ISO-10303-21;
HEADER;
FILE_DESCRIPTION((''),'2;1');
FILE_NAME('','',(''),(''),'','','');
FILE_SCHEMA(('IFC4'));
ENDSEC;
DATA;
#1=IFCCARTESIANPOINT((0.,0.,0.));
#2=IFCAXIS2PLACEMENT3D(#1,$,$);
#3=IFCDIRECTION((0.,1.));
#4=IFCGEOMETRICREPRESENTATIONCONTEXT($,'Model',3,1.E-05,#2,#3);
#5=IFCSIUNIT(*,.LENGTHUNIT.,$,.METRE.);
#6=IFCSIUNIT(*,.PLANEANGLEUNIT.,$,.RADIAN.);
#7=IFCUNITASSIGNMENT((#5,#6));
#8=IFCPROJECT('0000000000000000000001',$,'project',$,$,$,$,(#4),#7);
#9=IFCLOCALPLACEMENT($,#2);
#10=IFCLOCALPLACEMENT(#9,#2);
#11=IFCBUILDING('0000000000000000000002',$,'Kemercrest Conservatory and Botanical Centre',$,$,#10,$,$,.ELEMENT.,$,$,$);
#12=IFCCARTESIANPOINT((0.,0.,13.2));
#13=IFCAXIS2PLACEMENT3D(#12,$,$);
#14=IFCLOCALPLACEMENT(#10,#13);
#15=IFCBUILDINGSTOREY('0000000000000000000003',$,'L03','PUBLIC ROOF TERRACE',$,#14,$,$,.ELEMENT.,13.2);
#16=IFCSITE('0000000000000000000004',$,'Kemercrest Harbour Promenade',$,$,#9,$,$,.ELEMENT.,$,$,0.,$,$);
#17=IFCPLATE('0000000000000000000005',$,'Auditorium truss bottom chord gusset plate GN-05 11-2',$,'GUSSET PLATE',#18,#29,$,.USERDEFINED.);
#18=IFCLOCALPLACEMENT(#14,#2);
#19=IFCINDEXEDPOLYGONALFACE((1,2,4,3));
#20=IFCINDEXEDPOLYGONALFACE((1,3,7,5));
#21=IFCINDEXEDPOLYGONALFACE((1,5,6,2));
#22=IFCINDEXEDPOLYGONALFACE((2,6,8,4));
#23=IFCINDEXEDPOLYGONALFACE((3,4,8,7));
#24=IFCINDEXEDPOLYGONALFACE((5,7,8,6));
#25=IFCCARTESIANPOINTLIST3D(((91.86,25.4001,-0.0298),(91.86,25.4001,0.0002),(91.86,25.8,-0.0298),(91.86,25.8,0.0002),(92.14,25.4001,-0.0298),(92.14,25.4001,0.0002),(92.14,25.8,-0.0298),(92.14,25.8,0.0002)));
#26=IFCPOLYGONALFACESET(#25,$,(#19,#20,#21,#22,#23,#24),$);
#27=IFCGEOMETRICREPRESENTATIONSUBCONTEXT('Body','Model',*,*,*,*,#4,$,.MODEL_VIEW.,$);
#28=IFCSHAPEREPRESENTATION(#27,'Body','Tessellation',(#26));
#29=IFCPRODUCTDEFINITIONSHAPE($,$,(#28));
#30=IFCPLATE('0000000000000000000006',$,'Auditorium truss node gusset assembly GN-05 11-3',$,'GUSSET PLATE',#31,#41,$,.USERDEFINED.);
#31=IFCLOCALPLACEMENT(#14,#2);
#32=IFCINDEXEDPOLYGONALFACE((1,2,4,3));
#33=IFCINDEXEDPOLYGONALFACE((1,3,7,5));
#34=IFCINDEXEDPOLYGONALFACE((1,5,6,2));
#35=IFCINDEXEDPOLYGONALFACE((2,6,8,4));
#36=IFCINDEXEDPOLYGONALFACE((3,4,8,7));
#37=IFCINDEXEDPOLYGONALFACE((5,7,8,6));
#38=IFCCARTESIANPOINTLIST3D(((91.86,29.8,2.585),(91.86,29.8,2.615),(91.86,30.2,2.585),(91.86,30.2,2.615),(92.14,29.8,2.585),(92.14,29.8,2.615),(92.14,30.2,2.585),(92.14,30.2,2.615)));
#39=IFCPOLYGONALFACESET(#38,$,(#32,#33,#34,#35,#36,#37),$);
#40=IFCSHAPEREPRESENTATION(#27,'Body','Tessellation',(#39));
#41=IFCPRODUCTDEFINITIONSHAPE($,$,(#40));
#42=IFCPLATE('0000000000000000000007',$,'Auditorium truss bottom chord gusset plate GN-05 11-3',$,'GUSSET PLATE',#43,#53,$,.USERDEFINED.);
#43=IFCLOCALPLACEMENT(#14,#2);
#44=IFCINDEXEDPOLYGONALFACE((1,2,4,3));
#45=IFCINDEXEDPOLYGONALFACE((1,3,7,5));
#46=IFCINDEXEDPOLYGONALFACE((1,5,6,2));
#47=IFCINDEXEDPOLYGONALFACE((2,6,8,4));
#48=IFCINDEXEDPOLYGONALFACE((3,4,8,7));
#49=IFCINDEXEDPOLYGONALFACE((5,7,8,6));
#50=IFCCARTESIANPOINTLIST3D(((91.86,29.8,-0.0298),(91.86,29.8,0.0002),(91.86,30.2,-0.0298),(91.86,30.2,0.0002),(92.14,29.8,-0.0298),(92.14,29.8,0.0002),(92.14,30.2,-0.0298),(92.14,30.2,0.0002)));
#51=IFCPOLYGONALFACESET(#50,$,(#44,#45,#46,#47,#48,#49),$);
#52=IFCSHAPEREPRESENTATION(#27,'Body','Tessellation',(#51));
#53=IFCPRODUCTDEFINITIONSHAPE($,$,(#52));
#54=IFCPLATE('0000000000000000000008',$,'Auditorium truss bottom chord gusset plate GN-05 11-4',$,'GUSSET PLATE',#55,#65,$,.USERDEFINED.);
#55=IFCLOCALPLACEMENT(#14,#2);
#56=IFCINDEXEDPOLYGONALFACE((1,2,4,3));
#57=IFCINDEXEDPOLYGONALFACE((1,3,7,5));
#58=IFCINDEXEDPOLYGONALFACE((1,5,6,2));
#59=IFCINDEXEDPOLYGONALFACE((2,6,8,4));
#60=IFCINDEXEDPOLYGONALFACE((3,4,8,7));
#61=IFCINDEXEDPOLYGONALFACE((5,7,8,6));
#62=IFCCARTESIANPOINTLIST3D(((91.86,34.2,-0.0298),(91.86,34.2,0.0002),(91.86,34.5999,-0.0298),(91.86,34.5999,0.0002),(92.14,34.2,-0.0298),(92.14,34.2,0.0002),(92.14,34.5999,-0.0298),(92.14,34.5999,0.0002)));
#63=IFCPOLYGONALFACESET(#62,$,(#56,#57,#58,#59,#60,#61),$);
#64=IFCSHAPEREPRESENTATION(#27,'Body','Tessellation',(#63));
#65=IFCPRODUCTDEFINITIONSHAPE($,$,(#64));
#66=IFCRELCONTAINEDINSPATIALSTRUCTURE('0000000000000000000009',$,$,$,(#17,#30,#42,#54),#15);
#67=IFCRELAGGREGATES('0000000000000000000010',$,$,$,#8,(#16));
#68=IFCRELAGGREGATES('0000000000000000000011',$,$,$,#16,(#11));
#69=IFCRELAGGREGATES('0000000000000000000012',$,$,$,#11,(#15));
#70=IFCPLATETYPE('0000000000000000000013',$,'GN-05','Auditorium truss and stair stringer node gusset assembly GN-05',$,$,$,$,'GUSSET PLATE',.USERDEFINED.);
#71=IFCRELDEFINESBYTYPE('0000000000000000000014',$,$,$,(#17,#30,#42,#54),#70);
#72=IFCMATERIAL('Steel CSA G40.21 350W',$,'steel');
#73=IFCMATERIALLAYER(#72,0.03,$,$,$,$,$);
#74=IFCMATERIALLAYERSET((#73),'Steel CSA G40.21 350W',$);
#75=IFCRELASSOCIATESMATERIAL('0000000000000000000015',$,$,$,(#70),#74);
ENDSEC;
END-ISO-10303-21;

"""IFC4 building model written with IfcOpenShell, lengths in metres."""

from ifc_helpers import new_model, si_unit, direction, frame, origin, origin_2d, place, context, subcontext, project, spatial, rectangle, extrude, material, layer, layer_set, type_object, element, save


model = new_model("IFC4")

# Units and contexts
model_context = context("Model", 3, precision=1e-05, world=origin(), true_north=direction((0.0, 1.0)))
body_context = subcontext(model_context, "Body", "Model", "MODEL_VIEW")
ifc_project = project(units=[si_unit("LENGTHUNIT", "METRE"), si_unit("PLANEANGLEUNIT", "RADIAN")], contexts=[model_context])

# Site, building, storey
site_placement = place(None, origin())
site = spatial("IfcSite", under=ifc_project, at=site_placement, Name="Kemercrest Harbour Promenade", CompositionType="ELEMENT", RefElevation=0.0)
building_placement = place(site_placement, origin())
building = spatial("IfcBuilding", under=site, at=building_placement, Name="Kemercrest Conservatory and Botanical Centre", CompositionType="ELEMENT")
storey_placement = place(building_placement, frame((0.0, 0.0, 13.2)))
storey = spatial("IfcBuildingStorey", under=building, at=storey_placement, Name="L03", Description="PUBLIC ROOF TERRACE", CompositionType="ELEMENT", Elevation=13.2)

# Shared definitions
ifc_material = material(Name="Steel CSA G40.21 350W", Category="steel")

# Plates
ifc_layer = layer(ifc_material, 0.03)
ifc_layer_set = layer_set([ifc_layer], Name="Steel CSA G40.21 350W")
plate_type = type_object("IfcPlateType", Name="GN-05", Description="Auditorium truss and stair stringer node gusset assembly GN-05", ElementType="GUSSET PLATE", PredefinedType="USERDEFINED", material=ifc_layer_set)
for number, where, z_axis, x_axis, name in (
    (1, (92.0, 25.6001, -0.0298), (0.0, 0.0, 1.0), (0.0, 1.0, 0.0), "Auditorium truss bottom chord gusset plate GN-05 11-2"),
    (2, (92.0, 30.0, 2.585), (0.0, 0.0, 1.0), (0.0, 1.0, 0.0), "Auditorium truss node gusset assembly GN-05 11-3"),
    (3, (92.0, 30.0, -0.0298), (0.0, 0.0, 1.0), (0.0, 1.0, 0.0), "Auditorium truss bottom chord gusset plate GN-05 11-3"),
    (4, (92.0, 34.3999, -0.0298), (0.0, 0.0, 1.0), (0.0, 1.0, 0.0), "Auditorium truss bottom chord gusset plate GN-05 11-4"),
):
    element("IfcPlate", number, at=place(storey_placement, frame(where, z_axis=z_axis, x_axis=x_axis)), inside=storey, type_object=plate_type, Name=name, ObjectType="GUSSET PLATE", PredefinedType="USERDEFINED", context=body_context, shape_type="SweptSolid", body=[
        extrude(rectangle(XDim=0.3999, YDim=0.28, at=origin_2d()), origin(), (0.0, 0.0, 1.0), 0.03),
    ])

save(model, "model.ifc")
